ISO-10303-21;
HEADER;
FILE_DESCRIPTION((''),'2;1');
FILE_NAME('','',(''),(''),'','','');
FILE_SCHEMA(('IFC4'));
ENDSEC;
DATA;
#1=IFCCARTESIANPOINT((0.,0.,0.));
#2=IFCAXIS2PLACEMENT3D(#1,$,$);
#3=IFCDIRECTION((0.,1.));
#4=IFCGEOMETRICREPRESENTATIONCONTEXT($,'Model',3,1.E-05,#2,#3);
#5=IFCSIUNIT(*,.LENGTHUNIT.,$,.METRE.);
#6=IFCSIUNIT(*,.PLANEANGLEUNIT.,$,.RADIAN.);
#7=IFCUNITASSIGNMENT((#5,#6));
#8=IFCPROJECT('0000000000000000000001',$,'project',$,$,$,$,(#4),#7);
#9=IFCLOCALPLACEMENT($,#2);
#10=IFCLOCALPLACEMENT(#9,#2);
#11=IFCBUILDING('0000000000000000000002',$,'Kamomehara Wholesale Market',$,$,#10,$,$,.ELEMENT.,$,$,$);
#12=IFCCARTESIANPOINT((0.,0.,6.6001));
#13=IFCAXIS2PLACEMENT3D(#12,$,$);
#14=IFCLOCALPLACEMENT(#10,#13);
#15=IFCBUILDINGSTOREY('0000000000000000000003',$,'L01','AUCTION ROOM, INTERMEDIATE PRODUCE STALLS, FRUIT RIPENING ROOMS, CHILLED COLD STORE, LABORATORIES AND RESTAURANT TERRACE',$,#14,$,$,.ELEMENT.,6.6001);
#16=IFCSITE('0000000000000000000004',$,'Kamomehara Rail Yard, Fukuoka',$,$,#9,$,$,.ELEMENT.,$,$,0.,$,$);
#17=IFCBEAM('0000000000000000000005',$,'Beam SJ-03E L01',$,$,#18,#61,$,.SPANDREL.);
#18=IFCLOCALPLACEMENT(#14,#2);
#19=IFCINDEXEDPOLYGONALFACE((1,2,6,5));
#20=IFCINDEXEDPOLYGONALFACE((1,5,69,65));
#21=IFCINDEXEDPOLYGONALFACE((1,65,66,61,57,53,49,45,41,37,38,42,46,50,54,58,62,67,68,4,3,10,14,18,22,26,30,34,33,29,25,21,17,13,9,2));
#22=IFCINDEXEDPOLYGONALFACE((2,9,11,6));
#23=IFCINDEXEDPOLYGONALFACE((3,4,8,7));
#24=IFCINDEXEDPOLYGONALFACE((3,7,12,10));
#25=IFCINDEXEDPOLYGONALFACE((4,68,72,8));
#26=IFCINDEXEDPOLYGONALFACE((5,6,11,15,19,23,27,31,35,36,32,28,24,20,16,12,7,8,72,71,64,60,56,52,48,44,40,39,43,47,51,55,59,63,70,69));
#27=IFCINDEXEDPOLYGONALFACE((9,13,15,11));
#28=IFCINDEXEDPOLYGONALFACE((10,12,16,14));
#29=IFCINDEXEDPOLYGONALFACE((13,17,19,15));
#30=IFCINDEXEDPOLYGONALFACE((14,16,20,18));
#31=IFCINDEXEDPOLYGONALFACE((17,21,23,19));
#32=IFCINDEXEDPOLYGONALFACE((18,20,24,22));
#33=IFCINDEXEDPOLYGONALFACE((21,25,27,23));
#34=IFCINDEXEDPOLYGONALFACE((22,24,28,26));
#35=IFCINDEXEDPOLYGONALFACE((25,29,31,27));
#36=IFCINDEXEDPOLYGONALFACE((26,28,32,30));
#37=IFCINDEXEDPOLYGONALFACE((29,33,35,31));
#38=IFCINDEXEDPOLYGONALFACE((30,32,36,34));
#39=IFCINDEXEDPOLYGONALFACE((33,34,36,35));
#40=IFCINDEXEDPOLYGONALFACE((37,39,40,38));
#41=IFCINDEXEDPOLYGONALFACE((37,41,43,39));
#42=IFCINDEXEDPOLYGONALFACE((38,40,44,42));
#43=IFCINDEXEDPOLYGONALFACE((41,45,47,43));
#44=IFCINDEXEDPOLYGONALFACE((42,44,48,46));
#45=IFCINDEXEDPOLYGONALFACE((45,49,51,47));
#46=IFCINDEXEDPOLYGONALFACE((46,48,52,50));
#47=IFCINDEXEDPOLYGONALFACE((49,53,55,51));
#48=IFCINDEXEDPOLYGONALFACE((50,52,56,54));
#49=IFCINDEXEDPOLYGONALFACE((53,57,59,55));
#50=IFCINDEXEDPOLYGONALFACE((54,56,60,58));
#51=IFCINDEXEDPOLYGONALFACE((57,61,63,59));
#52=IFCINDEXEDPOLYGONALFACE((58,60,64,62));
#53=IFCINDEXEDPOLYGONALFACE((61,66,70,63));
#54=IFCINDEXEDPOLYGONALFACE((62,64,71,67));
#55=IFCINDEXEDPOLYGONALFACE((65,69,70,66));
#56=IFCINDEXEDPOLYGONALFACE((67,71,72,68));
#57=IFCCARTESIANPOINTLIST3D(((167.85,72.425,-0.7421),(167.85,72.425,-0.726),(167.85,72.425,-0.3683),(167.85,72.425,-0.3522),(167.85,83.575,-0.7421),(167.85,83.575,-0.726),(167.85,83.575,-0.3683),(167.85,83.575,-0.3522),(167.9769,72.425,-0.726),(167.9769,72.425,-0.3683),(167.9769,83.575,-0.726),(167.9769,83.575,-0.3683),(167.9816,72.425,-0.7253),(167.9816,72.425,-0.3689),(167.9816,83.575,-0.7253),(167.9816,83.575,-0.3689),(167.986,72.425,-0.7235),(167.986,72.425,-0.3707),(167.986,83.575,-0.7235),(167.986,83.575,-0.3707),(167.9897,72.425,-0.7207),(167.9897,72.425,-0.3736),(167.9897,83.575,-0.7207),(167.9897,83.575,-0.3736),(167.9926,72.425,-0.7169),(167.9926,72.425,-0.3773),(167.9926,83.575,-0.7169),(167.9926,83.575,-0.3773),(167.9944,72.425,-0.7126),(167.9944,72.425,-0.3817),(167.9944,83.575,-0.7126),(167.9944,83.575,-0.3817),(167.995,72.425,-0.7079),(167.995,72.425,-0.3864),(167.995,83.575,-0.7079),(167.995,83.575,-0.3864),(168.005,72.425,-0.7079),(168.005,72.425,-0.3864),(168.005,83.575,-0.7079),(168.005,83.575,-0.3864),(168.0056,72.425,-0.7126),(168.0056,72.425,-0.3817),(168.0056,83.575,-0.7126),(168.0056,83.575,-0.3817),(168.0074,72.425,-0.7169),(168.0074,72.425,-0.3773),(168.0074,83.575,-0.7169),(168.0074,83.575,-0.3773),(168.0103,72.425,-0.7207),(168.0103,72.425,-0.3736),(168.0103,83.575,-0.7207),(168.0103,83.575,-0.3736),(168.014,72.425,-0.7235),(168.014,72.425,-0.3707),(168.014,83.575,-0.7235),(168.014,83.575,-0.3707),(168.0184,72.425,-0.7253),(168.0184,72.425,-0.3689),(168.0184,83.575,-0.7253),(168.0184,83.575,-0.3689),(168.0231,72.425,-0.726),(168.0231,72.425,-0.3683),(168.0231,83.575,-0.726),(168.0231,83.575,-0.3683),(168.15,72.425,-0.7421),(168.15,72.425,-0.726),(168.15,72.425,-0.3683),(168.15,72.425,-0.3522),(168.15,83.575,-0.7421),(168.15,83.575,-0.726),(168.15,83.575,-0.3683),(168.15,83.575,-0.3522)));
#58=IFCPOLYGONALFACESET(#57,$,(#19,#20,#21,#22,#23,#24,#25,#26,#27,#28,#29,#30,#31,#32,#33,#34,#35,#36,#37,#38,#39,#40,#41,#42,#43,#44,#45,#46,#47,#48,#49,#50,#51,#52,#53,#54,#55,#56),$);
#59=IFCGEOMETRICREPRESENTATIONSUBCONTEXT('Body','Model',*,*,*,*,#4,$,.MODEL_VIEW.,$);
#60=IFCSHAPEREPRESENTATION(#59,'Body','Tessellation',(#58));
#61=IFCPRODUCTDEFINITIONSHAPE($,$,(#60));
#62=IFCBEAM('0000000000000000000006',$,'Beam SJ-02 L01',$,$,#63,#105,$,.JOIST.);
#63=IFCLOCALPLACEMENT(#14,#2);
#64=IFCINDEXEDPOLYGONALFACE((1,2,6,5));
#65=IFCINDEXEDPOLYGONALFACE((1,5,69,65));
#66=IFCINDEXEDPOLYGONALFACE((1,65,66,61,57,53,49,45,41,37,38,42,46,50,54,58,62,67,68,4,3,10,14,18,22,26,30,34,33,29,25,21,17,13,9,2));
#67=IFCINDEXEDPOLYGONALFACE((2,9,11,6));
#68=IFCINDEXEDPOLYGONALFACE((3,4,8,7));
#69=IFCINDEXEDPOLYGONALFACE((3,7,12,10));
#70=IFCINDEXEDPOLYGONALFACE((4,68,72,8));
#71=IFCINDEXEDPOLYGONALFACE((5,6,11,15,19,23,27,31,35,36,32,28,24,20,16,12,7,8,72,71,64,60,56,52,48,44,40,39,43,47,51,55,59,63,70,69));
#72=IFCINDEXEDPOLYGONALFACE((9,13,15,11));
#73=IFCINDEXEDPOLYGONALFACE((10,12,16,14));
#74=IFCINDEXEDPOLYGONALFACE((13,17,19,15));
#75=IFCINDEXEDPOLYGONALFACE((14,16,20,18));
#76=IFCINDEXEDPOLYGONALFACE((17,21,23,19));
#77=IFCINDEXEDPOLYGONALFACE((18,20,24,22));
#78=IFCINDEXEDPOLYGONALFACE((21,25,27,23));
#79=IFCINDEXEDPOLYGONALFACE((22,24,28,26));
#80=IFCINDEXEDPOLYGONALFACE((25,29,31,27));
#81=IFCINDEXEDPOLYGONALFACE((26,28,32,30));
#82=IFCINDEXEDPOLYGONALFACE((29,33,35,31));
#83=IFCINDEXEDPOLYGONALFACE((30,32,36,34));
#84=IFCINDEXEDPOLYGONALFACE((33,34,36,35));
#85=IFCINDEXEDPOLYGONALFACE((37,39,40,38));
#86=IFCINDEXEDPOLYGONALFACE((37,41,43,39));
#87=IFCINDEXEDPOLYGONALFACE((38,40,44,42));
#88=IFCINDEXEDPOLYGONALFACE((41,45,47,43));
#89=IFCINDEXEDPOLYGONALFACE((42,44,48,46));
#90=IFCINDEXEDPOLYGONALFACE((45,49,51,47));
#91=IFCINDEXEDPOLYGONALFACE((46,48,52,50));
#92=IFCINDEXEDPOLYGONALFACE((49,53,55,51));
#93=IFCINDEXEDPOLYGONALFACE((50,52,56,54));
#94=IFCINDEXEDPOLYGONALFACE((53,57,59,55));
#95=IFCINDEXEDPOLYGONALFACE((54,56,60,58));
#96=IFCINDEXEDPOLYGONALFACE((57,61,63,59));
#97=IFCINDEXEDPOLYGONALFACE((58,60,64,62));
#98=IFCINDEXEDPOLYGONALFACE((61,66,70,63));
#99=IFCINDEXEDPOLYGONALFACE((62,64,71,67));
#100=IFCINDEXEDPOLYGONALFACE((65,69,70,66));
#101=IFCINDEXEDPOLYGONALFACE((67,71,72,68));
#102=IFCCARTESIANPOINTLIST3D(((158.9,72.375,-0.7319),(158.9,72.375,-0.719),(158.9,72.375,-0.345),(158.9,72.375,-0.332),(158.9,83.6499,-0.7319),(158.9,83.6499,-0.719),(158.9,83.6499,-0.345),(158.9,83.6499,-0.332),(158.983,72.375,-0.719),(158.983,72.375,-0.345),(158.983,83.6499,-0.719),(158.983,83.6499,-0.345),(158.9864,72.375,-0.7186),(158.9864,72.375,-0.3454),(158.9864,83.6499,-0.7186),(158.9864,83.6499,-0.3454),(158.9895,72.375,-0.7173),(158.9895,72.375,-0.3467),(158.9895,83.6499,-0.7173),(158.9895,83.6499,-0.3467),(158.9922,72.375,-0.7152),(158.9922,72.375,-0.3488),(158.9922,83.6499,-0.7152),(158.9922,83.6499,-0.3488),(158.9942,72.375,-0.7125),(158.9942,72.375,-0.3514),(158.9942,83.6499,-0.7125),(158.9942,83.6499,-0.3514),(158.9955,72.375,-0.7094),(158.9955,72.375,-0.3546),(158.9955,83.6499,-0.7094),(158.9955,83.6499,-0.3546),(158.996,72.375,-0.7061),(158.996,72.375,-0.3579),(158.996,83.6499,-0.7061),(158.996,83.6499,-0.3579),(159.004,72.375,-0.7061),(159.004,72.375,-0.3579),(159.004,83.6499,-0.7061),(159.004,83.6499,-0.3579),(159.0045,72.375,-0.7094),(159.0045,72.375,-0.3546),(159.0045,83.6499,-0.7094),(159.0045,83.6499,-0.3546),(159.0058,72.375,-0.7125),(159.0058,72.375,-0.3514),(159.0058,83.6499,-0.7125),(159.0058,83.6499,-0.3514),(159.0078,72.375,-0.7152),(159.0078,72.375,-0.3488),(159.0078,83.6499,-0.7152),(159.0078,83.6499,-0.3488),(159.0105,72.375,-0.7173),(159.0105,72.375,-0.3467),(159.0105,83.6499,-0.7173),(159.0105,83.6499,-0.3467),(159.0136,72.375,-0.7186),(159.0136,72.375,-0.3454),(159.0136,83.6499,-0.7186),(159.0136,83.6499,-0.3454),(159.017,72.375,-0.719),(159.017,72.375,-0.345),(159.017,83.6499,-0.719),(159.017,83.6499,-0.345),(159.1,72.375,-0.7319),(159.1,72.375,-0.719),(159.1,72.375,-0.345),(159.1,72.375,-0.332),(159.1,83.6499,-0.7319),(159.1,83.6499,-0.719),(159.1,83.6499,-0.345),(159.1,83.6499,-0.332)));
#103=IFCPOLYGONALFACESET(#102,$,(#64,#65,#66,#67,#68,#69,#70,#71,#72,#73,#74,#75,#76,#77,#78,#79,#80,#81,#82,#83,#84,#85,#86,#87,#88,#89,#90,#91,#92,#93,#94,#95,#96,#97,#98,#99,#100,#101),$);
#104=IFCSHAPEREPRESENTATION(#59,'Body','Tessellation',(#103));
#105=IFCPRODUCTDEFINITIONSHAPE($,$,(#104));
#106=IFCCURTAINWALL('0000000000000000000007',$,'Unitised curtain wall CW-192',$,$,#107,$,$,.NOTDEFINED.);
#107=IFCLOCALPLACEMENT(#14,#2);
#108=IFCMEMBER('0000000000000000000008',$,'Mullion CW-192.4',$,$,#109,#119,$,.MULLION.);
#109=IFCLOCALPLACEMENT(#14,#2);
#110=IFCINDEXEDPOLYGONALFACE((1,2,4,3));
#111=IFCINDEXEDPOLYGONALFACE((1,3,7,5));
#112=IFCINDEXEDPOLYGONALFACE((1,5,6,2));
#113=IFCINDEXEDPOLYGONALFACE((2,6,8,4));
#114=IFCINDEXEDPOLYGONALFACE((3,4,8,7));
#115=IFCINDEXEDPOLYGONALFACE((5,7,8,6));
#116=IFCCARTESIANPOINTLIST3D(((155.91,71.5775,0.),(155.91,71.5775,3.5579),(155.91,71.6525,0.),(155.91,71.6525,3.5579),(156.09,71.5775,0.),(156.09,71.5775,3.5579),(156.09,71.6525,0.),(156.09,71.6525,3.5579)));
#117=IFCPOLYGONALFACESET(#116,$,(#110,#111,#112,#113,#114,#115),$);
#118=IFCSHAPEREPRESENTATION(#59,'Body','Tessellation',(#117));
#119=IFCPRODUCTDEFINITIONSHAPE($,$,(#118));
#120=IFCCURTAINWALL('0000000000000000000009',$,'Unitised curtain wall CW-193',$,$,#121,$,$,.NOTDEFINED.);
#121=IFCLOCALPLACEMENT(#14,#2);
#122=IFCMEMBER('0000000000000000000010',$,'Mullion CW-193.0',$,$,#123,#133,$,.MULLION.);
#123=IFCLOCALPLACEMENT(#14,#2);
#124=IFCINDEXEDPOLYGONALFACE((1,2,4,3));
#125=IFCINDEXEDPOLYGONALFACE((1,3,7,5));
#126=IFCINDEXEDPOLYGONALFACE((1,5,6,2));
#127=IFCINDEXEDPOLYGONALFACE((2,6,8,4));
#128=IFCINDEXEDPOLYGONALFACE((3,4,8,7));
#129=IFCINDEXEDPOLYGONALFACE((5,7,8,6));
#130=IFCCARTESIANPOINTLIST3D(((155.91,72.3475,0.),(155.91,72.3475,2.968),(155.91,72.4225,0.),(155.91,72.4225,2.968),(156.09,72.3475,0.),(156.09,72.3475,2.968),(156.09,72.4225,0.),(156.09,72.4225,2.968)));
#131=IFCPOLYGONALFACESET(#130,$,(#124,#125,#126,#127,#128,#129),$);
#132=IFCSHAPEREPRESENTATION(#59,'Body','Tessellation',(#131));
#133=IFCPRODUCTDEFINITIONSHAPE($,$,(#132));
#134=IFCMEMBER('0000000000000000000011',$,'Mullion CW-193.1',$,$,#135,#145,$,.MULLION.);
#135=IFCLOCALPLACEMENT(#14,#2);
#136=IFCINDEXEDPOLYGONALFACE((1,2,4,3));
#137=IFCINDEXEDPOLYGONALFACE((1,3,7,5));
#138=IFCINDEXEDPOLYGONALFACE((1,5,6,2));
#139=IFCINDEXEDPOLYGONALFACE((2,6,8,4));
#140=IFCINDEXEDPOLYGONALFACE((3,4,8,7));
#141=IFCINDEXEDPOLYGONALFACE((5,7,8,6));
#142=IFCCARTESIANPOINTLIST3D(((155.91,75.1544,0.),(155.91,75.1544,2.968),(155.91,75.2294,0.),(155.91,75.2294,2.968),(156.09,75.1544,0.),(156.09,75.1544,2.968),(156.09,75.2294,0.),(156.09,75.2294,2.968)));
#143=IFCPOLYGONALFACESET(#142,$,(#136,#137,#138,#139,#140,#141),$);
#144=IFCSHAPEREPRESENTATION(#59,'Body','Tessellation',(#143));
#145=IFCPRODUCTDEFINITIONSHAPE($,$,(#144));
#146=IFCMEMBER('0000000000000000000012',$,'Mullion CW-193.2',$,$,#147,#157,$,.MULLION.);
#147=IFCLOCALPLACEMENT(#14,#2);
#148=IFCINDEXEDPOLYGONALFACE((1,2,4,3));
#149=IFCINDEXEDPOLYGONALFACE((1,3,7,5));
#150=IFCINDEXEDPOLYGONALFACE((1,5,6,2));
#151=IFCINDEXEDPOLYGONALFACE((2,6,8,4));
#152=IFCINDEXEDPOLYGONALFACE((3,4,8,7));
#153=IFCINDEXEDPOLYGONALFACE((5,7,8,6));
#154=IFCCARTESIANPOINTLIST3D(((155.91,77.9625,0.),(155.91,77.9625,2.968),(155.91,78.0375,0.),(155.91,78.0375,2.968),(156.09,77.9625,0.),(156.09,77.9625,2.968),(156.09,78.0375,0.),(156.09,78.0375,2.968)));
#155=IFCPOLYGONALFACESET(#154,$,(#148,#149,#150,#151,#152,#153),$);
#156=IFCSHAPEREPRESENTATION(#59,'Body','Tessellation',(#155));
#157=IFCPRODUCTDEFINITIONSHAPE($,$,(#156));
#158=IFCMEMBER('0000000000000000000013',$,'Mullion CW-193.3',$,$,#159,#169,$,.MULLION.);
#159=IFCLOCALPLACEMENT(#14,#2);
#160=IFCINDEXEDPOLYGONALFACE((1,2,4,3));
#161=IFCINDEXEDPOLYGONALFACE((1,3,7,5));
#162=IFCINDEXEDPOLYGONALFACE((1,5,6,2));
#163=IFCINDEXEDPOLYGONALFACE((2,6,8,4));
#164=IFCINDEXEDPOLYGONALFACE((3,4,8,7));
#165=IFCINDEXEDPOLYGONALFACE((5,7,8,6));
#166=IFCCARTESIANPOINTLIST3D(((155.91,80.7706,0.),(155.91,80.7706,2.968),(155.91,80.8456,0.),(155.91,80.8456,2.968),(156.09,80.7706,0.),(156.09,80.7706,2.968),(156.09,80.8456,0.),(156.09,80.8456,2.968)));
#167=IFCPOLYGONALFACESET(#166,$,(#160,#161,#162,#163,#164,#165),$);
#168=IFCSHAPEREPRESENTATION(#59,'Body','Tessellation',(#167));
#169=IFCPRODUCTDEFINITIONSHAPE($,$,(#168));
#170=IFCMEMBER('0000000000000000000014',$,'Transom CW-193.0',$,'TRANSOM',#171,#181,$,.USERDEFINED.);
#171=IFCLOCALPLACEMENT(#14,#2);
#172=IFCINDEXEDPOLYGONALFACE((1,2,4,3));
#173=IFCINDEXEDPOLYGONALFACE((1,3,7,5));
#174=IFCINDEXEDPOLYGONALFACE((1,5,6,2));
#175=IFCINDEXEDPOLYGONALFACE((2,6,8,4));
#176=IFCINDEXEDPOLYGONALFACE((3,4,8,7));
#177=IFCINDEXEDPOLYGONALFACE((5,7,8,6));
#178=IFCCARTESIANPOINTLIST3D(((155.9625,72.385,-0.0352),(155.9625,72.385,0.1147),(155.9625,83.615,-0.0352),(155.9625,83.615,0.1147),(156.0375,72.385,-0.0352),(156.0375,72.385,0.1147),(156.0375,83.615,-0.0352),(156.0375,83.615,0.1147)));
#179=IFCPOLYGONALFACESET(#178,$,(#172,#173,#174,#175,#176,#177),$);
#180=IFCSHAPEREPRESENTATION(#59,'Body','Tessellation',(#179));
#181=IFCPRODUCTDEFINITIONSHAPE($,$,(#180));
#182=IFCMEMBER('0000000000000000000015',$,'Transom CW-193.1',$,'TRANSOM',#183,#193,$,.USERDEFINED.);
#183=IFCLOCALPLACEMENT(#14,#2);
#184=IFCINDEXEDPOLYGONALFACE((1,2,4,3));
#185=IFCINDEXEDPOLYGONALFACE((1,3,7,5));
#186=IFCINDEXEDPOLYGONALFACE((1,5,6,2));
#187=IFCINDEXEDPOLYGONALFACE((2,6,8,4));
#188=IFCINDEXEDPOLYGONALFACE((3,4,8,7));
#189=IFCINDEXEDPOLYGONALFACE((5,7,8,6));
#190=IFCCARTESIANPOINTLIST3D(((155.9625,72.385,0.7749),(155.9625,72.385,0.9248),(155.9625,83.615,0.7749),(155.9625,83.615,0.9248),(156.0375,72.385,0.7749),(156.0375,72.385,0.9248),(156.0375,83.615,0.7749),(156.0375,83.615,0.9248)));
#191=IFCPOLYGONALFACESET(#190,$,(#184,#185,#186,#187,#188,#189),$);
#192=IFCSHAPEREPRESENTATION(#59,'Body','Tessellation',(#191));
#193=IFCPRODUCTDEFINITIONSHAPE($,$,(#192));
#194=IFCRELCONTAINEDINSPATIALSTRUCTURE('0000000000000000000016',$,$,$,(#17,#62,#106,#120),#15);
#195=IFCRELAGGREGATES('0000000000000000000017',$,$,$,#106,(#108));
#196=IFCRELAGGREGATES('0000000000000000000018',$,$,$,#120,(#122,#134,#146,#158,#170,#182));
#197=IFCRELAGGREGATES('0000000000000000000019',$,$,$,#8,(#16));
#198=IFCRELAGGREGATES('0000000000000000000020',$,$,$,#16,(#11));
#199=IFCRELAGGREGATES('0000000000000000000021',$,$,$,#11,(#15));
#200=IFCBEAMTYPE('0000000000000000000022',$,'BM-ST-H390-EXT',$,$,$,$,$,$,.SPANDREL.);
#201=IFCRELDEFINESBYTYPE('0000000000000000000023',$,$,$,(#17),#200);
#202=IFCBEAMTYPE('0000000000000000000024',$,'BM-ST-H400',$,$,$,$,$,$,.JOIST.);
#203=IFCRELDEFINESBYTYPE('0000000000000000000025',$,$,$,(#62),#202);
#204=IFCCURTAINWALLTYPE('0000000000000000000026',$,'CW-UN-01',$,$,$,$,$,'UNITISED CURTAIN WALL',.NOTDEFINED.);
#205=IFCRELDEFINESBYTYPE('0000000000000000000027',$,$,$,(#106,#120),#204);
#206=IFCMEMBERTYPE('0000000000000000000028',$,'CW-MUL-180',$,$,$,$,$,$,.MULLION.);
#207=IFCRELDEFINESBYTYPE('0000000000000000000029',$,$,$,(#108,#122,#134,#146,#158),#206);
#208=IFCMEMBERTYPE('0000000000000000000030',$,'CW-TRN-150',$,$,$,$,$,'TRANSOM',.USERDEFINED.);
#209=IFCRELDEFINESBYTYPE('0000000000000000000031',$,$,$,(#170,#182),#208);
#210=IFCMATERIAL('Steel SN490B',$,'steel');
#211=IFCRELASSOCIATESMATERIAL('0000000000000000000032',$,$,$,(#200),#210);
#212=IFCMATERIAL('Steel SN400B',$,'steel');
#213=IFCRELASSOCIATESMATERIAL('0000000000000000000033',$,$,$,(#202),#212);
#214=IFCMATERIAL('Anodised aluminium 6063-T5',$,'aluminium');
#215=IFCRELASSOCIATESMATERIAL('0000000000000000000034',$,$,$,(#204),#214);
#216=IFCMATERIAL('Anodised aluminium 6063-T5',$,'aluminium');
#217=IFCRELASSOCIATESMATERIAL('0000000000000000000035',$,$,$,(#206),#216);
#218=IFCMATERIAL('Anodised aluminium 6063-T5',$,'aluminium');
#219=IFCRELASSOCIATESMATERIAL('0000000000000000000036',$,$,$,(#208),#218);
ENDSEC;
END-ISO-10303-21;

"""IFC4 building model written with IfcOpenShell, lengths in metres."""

from ifc_helpers import new_model, si_unit, direction, frame, origin, origin_2d, place, context, subcontext, project, spatial, rectangle, i_section, extrude, material, material_profile, profile_set, type_object, element, aggregate, save


model = new_model("IFC4")

# Units and contexts
model_context = context("Model", 3, precision=1e-05, world=origin(), true_north=direction((0.0, 1.0)))
body_context = subcontext(model_context, "Body", "Model", "MODEL_VIEW")
ifc_project = project(units=[si_unit("LENGTHUNIT", "METRE"), si_unit("PLANEANGLEUNIT", "RADIAN")], contexts=[model_context])

# Site, building, storey
site_placement = place(None, origin())
site = spatial("IfcSite", under=ifc_project, at=site_placement, Name="Kamomehara Rail Yard, Fukuoka", CompositionType="ELEMENT", RefElevation=0.0)
building_placement = place(site_placement, origin())
building = spatial("IfcBuilding", under=site, at=building_placement, Name="Kamomehara Wholesale Market", CompositionType="ELEMENT")
storey_placement = place(building_placement, frame((0.0, 0.0, 6.6001)))
storey = spatial("IfcBuildingStorey", under=building, at=storey_placement, Name="L01", Description="AUCTION ROOM, INTERMEDIATE PRODUCE STALLS, FRUIT RIPENING ROOMS, CHILLED COLD STORE, LABORATORIES AND RESTAURANT TERRACE", CompositionType="ELEMENT", Elevation=6.6001)

# Beams
ifc_material_1 = material(Name="Steel SN490B", Category="steel")
ifc_material_profile_1 = material_profile(ifc_material_1, i_section(OverallWidth=0.3, OverallDepth=0.3899, WebThickness=0.01, FlangeThickness=0.0161, FilletRadius=0.0181, at=origin_2d()), Name="H-390x300x10x16")
ifc_profile_set_1 = profile_set([ifc_material_profile_1], Name="Steel SN490B")
beam_type_1 = type_object("IfcBeamType", Name="BM-ST-H390-EXT", PredefinedType="SPANDREL", material=ifc_profile_set_1)
beam_1_placement = place(storey_placement, frame((168.0, 72.425, -0.5471), z_axis=(0.0, 1.0, 0.0), x_axis=(-1.0, 0.0, 0.0)))
element("IfcBeam", 1, at=beam_1_placement, inside=storey, type_object=beam_type_1, Name="Beam SJ-03E L01", PredefinedType="SPANDREL", context=body_context, shape_type="SweptSolid", body=[
    extrude(i_section(OverallWidth=0.3, OverallDepth=0.3899, WebThickness=0.01, FlangeThickness=0.0161, FilletRadius=0.0181, at=origin_2d()), origin(), (0.0, 0.0, 1.0), 11.1499),
])
ifc_material_2 = material(Name="Steel SN400B", Category="steel")
ifc_material_profile_2 = material_profile(ifc_material_2, i_section(OverallWidth=0.2, OverallDepth=0.3999, WebThickness=0.0081, FlangeThickness=0.0129, FilletRadius=0.0129, at=origin_2d()), Name="H-400x200x8x13")
ifc_profile_set_2 = profile_set([ifc_material_profile_2], Name="Steel SN400B")
beam_type_2 = type_object("IfcBeamType", Name="BM-ST-H400", PredefinedType="JOIST", material=ifc_profile_set_2)
beam_2_placement = place(storey_placement, frame((159.0, 72.375, -0.532), z_axis=(0.0, 1.0, 0.0), x_axis=(-1.0, 0.0, 0.0)))
element("IfcBeam", 2, at=beam_2_placement, inside=storey, type_object=beam_type_2, Name="Beam SJ-02 L01", PredefinedType="JOIST", context=body_context, shape_type="SweptSolid", body=[
    extrude(i_section(OverallWidth=0.2, OverallDepth=0.3999, WebThickness=0.0081, FlangeThickness=0.0129, FilletRadius=0.0129, at=origin_2d()), origin(), (0.0, 0.0, 1.0), 11.2749),
])

# Curtain wall, member
ifc_material_3 = material(Name="Anodised aluminium 6063-T5", Category="aluminium")
curtain_wall_type = type_object("IfcCurtainWallType", Name="CW-UN-01", ElementType="UNITISED CURTAIN WALL", PredefinedType="NOTDEFINED", material=ifc_material_3)
curtain_wall_1_placement = place(storey_placement, origin())
curtain_wall_1 = element("IfcCurtainWall", 3, at=curtain_wall_1_placement, inside=storey, type_object=curtain_wall_type, Name="Unitised curtain wall CW-192", PredefinedType="NOTDEFINED")
ifc_material_4 = material(Name="Anodised aluminium 6063-T5", Category="aluminium")
ifc_material_profile_3 = material_profile(ifc_material_4, rectangle(XDim=0.075, YDim=0.1799, at=origin_2d()), Name="ALU-MUL-75x180")
ifc_profile_set_3 = profile_set([ifc_material_profile_3], Name="Anodised aluminium 6063-T5")
member_type_1 = type_object("IfcMemberType", Name="CW-MUL-180", PredefinedType="MULLION", material=ifc_profile_set_3)
member_1_placement = place(storey_placement, frame((156.0, 71.615, 0.0), z_axis=(0.0, 0.0, 1.0), x_axis=(0.0, 1.0, 0.0)))
member_1 = element("IfcMember", 4, at=member_1_placement, type_object=member_type_1, Name="Mullion CW-192.4", PredefinedType="MULLION", context=body_context, shape_type="SweptSolid", body=[
    extrude(rectangle(XDim=0.075, YDim=0.1799, at=origin_2d()), origin(), (0.0, 0.0, 1.0), 3.5579),
])

# Curtain wall, members
curtain_wall_2_placement = place(storey_placement, origin())
curtain_wall_2 = element("IfcCurtainWall", 5, at=curtain_wall_2_placement, inside=storey, type_object=curtain_wall_type, Name="Unitised curtain wall CW-193", PredefinedType="NOTDEFINED")
member_2_placement = place(storey_placement, frame((156.0, 72.385, 0.0), z_axis=(0.0, 0.0, 1.0), x_axis=(0.0, 1.0, 0.0)))
member_2 = element("IfcMember", 6, at=member_2_placement, type_object=member_type_1, Name="Mullion CW-193.0", PredefinedType="MULLION", context=body_context, shape_type="SweptSolid", body=[
    extrude(rectangle(XDim=0.075, YDim=0.1799, at=origin_2d()), origin(), (0.0, 0.0, 1.0), 2.968),
])
member_3_placement = place(storey_placement, frame((156.0, 75.1919, 0.0), z_axis=(0.0, 0.0, 1.0), x_axis=(0.0, 1.0, 0.0)))
member_3 = element("IfcMember", 7, at=member_3_placement, type_object=member_type_1, Name="Mullion CW-193.1", PredefinedType="MULLION", context=body_context, shape_type="SweptSolid", body=[
    extrude(rectangle(XDim=0.075, YDim=0.1799, at=origin_2d()), origin(), (0.0, 0.0, 1.0), 2.968),
])
member_4_placement = place(storey_placement, frame((156.0, 78.0, 0.0), z_axis=(0.0, 0.0, 1.0), x_axis=(0.0, 1.0, 0.0)))
member_4 = element("IfcMember", 8, at=member_4_placement, type_object=member_type_1, Name="Mullion CW-193.2", PredefinedType="MULLION", context=body_context, shape_type="SweptSolid", body=[
    extrude(rectangle(XDim=0.075, YDim=0.1799, at=origin_2d()), origin(), (0.0, 0.0, 1.0), 2.968),
])
member_5_placement = place(storey_placement, frame((156.0, 80.8081, 0.0), z_axis=(0.0, 0.0, 1.0), x_axis=(0.0, 1.0, 0.0)))
member_5 = element("IfcMember", 9, at=member_5_placement, type_object=member_type_1, Name="Mullion CW-193.3", PredefinedType="MULLION", context=body_context, shape_type="SweptSolid", body=[
    extrude(rectangle(XDim=0.075, YDim=0.1799, at=origin_2d()), origin(), (0.0, 0.0, 1.0), 2.968),
])
ifc_material_5 = material(Name="Anodised aluminium 6063-T5", Category="aluminium")
ifc_material_profile_4 = material_profile(ifc_material_5, rectangle(XDim=0.075, YDim=0.1499, at=origin_2d()), Name="ALU-TRN-75x150")
ifc_profile_set_4 = profile_set([ifc_material_profile_4], Name="Anodised aluminium 6063-T5")
member_type_2 = type_object("IfcMemberType", Name="CW-TRN-150", ElementType="TRANSOM", PredefinedType="USERDEFINED", material=ifc_profile_set_4)
member_6_placement = place(storey_placement, frame((156.0, 72.385, 0.0398), z_axis=(0.0, 1.0, 0.0), x_axis=(-1.0, 0.0, 0.0)))
member_6 = element("IfcMember", 10, at=member_6_placement, type_object=member_type_2, Name="Transom CW-193.0", ObjectType="TRANSOM", PredefinedType="USERDEFINED", context=body_context, shape_type="SweptSolid", body=[
    extrude(rectangle(XDim=0.075, YDim=0.1499, at=origin_2d()), origin(), (0.0, 0.0, 1.0), 11.23),
])
member_7_placement = place(storey_placement, frame((156.0, 72.385, 0.8499), z_axis=(0.0, 1.0, 0.0), x_axis=(-1.0, 0.0, 0.0)))
member_7 = element("IfcMember", 11, at=member_7_placement, type_object=member_type_2, Name="Transom CW-193.1", ObjectType="TRANSOM", PredefinedType="USERDEFINED", context=body_context, shape_type="SweptSolid", body=[
    extrude(rectangle(XDim=0.075, YDim=0.1499, at=origin_2d()), origin(), (0.0, 0.0, 1.0), 11.23),
])

aggregate(curtain_wall_1, [member_1])
aggregate(curtain_wall_2, [member_2, member_3, member_4, member_5, member_6, member_7])

save(model, "model.ifc")
